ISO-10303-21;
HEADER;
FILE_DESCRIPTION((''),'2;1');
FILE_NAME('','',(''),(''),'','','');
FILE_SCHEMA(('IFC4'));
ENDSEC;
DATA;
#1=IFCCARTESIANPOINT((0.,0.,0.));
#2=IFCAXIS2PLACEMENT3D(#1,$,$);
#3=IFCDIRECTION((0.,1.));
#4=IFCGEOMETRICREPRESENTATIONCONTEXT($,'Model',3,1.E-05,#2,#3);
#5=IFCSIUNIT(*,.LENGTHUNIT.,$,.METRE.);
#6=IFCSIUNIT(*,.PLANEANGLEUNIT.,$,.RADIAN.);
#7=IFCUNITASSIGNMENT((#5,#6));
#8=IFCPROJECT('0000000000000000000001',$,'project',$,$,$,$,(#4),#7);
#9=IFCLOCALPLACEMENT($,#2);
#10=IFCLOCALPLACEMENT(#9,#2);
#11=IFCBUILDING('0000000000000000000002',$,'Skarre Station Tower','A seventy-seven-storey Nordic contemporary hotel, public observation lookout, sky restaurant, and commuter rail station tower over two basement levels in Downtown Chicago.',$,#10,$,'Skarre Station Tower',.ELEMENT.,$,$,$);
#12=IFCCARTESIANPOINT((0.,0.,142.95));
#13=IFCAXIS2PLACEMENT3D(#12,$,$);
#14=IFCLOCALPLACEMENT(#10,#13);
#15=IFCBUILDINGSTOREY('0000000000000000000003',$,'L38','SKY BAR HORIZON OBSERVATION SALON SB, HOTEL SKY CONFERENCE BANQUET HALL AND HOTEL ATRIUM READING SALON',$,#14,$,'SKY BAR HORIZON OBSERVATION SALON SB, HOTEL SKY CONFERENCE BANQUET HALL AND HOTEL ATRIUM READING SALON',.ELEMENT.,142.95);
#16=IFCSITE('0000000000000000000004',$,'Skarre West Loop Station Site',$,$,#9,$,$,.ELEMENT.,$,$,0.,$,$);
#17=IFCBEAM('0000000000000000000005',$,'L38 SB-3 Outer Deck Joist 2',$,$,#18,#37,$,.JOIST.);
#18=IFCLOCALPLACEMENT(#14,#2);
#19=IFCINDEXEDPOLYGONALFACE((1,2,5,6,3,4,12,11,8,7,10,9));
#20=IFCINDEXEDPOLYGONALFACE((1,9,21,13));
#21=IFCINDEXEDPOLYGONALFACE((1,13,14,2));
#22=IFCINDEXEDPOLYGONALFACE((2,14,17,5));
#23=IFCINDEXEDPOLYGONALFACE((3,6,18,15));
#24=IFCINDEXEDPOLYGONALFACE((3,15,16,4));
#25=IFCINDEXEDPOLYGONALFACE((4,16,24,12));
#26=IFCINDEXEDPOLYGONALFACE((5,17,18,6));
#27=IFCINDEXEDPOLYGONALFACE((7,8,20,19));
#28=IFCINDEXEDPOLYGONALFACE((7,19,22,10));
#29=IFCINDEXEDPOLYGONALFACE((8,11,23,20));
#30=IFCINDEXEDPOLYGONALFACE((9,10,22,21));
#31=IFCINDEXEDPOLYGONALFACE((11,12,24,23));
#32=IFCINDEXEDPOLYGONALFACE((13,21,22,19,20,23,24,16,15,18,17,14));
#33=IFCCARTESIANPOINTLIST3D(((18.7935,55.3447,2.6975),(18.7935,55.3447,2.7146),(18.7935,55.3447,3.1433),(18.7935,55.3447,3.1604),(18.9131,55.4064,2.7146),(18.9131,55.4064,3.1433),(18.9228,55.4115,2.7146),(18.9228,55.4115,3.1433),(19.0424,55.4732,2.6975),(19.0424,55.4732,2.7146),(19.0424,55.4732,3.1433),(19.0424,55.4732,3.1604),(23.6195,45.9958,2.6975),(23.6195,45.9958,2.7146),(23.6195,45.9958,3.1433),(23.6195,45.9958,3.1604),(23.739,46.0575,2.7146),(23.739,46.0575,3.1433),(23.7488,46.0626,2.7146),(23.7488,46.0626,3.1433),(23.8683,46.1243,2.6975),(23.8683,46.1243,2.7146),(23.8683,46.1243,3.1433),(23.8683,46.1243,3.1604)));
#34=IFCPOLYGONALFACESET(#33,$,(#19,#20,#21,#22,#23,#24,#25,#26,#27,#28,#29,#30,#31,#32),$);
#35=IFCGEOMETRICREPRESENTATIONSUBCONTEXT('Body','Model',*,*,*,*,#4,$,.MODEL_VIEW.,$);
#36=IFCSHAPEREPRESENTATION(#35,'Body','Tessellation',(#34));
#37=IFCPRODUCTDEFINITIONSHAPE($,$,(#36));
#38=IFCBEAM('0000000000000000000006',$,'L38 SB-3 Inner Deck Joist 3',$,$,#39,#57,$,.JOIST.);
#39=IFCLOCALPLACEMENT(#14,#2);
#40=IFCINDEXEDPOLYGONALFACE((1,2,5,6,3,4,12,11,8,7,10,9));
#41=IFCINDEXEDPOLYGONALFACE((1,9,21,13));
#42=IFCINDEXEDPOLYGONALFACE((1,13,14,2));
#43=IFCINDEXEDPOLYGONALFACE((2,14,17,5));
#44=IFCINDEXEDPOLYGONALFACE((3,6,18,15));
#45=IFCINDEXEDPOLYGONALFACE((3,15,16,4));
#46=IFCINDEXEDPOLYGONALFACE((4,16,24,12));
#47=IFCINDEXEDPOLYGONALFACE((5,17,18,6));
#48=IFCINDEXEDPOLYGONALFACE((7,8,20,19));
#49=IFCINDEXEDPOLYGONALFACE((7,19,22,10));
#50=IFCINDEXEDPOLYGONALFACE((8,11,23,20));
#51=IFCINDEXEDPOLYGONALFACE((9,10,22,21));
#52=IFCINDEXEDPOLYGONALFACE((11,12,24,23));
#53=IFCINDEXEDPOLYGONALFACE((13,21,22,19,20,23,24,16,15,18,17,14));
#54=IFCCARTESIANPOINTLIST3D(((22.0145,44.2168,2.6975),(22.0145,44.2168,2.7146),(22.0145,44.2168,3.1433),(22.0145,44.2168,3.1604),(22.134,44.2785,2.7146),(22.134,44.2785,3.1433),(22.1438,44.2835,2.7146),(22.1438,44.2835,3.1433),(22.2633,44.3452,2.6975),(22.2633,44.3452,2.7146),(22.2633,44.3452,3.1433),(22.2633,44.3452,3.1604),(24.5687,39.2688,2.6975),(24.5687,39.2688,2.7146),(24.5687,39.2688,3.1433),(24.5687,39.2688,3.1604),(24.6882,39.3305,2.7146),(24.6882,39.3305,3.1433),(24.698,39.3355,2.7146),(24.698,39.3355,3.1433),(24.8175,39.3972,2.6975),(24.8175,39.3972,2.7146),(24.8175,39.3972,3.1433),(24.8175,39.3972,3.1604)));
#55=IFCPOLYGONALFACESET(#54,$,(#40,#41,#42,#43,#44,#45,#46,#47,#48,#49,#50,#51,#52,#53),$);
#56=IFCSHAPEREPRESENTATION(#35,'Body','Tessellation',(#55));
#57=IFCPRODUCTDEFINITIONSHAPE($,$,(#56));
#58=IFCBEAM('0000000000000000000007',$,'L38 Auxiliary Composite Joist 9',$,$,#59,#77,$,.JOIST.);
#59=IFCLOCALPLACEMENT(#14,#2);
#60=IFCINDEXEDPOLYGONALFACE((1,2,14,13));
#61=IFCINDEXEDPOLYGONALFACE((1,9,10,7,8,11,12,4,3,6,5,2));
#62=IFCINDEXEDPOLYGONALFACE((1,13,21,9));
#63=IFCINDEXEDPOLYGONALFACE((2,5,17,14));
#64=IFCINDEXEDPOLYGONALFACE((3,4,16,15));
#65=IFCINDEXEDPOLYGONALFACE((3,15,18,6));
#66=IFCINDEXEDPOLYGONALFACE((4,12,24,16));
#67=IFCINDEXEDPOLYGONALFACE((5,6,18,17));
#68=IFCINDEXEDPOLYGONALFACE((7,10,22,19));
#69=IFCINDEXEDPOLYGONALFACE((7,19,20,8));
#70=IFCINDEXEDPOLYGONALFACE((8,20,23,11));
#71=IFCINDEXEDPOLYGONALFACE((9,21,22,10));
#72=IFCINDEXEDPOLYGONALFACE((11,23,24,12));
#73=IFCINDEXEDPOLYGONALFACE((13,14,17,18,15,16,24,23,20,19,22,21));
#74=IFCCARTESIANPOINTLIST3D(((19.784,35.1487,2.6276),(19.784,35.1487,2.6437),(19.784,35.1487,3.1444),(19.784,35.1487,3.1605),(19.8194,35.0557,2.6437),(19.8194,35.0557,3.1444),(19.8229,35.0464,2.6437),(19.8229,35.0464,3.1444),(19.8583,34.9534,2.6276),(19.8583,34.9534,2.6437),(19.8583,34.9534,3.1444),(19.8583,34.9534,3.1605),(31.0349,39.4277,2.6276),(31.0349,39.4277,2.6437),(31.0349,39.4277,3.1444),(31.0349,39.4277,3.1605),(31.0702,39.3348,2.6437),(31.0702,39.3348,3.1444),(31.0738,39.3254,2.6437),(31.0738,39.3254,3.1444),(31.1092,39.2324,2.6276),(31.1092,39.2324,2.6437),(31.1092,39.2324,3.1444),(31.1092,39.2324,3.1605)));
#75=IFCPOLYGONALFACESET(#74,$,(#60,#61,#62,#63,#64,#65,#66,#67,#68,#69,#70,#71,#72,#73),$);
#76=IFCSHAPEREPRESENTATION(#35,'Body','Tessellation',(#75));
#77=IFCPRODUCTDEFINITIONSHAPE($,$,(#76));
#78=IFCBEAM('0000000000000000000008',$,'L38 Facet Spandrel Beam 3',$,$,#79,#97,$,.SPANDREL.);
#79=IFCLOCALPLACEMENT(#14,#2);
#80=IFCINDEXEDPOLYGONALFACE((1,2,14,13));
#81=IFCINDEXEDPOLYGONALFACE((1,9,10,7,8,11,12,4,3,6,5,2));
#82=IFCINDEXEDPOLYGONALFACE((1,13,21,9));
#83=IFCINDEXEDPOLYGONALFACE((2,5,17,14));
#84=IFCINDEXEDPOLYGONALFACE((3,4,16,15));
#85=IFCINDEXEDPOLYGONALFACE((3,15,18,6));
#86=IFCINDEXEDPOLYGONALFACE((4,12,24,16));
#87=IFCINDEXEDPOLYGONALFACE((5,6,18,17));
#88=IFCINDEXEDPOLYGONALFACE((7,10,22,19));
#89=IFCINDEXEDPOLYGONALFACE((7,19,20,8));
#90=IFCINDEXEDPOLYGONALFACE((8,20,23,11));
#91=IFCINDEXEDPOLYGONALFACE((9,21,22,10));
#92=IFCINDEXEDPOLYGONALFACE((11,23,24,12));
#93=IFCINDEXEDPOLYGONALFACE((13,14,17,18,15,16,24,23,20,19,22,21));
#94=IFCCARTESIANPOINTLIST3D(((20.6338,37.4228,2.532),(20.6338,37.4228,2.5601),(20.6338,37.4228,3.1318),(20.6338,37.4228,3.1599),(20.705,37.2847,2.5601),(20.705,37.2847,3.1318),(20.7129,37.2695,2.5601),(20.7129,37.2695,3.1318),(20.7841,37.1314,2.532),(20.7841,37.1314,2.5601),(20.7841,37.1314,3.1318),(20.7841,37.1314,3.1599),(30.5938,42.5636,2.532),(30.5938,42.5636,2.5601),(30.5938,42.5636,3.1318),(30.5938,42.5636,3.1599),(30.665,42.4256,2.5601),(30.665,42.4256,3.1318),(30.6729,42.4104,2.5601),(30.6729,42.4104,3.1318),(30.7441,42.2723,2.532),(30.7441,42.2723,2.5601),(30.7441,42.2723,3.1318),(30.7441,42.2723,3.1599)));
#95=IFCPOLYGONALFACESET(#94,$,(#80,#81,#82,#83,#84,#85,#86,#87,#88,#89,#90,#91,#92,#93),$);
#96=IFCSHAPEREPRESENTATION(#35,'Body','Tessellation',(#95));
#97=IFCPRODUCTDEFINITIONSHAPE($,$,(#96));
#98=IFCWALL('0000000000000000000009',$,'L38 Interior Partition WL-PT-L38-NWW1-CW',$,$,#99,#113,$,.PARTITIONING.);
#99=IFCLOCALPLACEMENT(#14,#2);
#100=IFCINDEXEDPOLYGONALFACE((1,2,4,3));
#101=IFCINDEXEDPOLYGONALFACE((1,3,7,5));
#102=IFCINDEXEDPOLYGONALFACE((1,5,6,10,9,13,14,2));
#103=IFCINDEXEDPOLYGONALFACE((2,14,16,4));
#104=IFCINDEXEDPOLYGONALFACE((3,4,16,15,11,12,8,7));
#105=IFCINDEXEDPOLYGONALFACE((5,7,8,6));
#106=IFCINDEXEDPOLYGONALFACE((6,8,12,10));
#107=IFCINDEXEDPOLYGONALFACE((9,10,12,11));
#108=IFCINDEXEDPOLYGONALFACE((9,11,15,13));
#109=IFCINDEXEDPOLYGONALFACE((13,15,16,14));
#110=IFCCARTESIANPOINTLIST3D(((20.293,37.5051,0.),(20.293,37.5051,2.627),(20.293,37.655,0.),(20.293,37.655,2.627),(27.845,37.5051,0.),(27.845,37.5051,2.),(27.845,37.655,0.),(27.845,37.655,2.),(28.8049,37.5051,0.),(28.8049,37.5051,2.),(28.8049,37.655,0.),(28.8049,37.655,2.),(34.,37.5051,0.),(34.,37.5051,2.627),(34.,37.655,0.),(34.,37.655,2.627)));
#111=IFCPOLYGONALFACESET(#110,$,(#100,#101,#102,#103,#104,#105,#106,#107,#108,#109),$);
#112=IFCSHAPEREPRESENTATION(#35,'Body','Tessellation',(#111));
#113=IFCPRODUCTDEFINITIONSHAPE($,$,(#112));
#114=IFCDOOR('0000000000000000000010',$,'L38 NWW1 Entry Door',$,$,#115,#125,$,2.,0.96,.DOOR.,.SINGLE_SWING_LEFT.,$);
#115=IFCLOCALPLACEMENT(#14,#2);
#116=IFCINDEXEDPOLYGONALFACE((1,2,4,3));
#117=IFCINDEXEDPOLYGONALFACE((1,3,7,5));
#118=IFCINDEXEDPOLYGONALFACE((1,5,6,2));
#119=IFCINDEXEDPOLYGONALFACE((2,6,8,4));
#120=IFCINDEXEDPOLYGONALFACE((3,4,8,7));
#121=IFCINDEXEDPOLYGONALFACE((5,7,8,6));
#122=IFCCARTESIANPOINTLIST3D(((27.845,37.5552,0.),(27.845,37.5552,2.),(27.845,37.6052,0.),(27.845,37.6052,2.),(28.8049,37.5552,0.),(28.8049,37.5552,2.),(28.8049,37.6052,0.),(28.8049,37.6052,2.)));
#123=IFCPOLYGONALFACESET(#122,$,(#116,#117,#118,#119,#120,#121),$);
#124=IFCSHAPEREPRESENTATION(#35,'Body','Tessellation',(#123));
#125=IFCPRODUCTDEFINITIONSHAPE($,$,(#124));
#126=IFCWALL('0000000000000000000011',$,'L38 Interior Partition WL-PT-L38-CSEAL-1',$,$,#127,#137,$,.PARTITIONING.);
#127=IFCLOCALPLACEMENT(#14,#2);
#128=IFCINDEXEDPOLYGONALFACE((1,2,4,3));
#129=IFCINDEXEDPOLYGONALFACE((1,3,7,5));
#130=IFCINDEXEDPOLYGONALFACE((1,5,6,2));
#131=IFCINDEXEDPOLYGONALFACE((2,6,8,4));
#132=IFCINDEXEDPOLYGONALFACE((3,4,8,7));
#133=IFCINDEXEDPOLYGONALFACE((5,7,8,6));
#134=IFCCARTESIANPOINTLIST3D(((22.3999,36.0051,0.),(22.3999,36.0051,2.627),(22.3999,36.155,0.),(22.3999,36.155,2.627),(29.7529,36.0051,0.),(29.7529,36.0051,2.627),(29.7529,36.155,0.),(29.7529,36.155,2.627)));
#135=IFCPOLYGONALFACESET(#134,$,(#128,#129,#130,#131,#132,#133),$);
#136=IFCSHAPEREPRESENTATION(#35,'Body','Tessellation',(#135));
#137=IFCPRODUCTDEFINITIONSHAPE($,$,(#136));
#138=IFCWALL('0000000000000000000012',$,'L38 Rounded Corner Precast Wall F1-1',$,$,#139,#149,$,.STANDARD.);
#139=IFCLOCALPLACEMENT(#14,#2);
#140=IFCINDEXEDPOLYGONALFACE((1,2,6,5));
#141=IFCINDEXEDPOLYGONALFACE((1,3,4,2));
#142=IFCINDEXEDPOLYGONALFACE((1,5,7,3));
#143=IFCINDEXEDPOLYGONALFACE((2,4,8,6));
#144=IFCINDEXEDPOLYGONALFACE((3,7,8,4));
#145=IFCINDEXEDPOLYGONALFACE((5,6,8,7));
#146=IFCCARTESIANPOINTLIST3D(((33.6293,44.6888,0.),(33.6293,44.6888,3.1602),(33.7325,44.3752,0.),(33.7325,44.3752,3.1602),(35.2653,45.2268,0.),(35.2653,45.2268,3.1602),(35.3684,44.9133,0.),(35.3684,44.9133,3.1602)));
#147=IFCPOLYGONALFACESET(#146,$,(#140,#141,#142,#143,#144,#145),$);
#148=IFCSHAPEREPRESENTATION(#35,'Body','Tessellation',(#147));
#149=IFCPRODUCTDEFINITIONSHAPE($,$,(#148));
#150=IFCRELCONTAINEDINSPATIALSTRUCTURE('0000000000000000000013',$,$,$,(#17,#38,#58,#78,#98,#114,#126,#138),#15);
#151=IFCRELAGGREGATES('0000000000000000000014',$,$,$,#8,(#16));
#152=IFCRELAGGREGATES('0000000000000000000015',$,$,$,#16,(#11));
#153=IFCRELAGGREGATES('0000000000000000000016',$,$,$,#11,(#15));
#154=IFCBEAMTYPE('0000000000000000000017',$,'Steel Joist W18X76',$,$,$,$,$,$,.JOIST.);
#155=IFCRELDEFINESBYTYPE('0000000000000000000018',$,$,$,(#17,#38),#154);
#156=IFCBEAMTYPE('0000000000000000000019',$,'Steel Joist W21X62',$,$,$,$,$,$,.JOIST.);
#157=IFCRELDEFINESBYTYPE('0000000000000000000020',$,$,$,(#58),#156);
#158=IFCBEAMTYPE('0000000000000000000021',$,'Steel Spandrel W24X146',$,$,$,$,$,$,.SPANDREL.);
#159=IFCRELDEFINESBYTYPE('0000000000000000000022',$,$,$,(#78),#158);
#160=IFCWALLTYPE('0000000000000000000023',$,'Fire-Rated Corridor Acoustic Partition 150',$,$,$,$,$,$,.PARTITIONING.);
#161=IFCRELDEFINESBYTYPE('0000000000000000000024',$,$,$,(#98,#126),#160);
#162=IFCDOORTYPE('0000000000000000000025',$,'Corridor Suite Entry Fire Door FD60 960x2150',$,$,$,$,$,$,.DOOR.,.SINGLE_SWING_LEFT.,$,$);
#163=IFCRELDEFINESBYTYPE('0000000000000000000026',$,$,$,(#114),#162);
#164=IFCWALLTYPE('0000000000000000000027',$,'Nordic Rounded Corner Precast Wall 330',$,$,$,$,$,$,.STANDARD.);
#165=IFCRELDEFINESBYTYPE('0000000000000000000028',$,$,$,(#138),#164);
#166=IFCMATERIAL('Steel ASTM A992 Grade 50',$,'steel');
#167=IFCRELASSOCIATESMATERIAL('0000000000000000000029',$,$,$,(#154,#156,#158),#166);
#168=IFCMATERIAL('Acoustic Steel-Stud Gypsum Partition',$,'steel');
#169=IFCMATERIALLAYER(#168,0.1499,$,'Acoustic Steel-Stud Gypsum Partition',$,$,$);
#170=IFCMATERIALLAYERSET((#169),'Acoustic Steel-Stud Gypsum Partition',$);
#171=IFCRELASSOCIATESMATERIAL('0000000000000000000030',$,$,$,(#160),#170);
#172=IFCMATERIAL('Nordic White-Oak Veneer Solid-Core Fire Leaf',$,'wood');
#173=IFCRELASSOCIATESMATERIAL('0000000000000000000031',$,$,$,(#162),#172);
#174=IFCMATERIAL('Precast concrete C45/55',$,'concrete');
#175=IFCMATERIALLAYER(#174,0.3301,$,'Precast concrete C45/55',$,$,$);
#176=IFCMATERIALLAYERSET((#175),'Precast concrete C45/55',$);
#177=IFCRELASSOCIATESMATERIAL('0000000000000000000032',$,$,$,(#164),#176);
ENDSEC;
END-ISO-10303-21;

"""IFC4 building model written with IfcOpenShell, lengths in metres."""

from ifc_helpers import new_model, si_unit, direction, frame, frame_2d, origin, origin_2d, place, context, subcontext, project, spatial, rectangle, i_section, extrude, material, layer, layer_set, material_profile, profile_set, type_object, element, fill, save


model = new_model("IFC4")

# Units and contexts
model_context = context("Model", 3, precision=1e-05, world=origin(), true_north=direction((0.0, 1.0)))
body_context = subcontext(model_context, "Body", "Model", "MODEL_VIEW")
ifc_project = project(units=[si_unit("LENGTHUNIT", "METRE"), si_unit("PLANEANGLEUNIT", "RADIAN")], contexts=[model_context])

# Site, building, storey
site_placement = place(None, origin())
site = spatial("IfcSite", under=ifc_project, at=site_placement, Name="Skarre West Loop Station Site", CompositionType="ELEMENT", RefElevation=0.0)
building_placement = place(site_placement, origin())
building = spatial("IfcBuilding", under=site, at=building_placement, Name="Skarre Station Tower", Description="A seventy-seven-storey Nordic contemporary hotel, public observation lookout, sky restaurant, and commuter rail station tower over two basement levels in Downtown Chicago.", LongName="Skarre Station Tower", CompositionType="ELEMENT")
storey_placement = place(building_placement, frame((0.0, 0.0, 142.95)))
storey = spatial("IfcBuildingStorey", under=building, at=storey_placement, Name="L38", Description="SKY BAR HORIZON OBSERVATION SALON SB, HOTEL SKY CONFERENCE BANQUET HALL AND HOTEL ATRIUM READING SALON", LongName="SKY BAR HORIZON OBSERVATION SALON SB, HOTEL SKY CONFERENCE BANQUET HALL AND HOTEL ATRIUM READING SALON", CompositionType="ELEMENT", Elevation=142.95)

# Beams
ifc_material_1 = material(Name="Steel ASTM A992 Grade 50", Category="steel")
ifc_material_profile_1 = material_profile(ifc_material_1, i_section(OverallWidth=0.28, OverallDepth=0.4629, WebThickness=0.011, FlangeThickness=0.0171, at=origin_2d()), Name="Steel ASTM A992 Grade 50")
ifc_profile_set_1 = profile_set([ifc_material_profile_1], Name="Steel ASTM A992 Grade 50")
beam_type_1 = type_object("IfcBeamType", Name="Steel Joist W18X76", PredefinedType="JOIST", material=ifc_profile_set_1)
beam_1_placement = place(storey_placement, frame((23.7439, 46.0601, 2.929), z_axis=(-0.458696, 0.888594, 0.0), x_axis=(-0.888594, -0.458696, 0.0)))
element("IfcBeam", 1, at=beam_1_placement, inside=storey, type_object=beam_type_1, Name="L38 SB-3 Outer Deck Joist 2", PredefinedType="JOIST", context=body_context, shape_type="SweptSolid", body=[
    extrude(i_section(OverallWidth=0.28, OverallDepth=0.4629, WebThickness=0.011, FlangeThickness=0.0171, at=origin_2d()), origin(), (0.0, 0.0, 1.0), 10.521),
])
beam_2_placement = place(storey_placement, frame((24.6931, 39.333, 2.929), z_axis=(-0.458699, 0.888592, 0.0), x_axis=(-0.888592, -0.458699, 0.0)))
element("IfcBeam", 2, at=beam_2_placement, inside=storey, type_object=beam_type_1, Name="L38 SB-3 Inner Deck Joist 3", PredefinedType="JOIST", context=body_context, shape_type="SweptSolid", body=[
    extrude(i_section(OverallWidth=0.28, OverallDepth=0.4629, WebThickness=0.011, FlangeThickness=0.0171, at=origin_2d()), origin(), (0.0, 0.0, 1.0), 5.5684),
])
ifc_material_profile_2 = material_profile(ifc_material_1, i_section(OverallWidth=0.209, OverallDepth=0.533, WebThickness=0.01, FlangeThickness=0.0161, at=origin_2d()), Name="Steel ASTM A992 Grade 50")
ifc_profile_set_2 = profile_set([ifc_material_profile_2], Name="Steel ASTM A992 Grade 50")
beam_type_2 = type_object("IfcBeamType", Name="Steel Joist W21X62", PredefinedType="JOIST", material=ifc_profile_set_2)
beam_3_placement = place(storey_placement, frame((31.072, 39.3301, 2.894), z_axis=(-0.934682, -0.355485, 0.0), x_axis=(0.355485, -0.934682, 0.0)))
element("IfcBeam", 3, at=beam_3_placement, inside=storey, type_object=beam_type_2, Name="L38 Auxiliary Composite Joist 9", PredefinedType="JOIST", context=body_context, shape_type="SweptSolid", body=[
    extrude(i_section(OverallWidth=0.209, OverallDepth=0.533, WebThickness=0.01, FlangeThickness=0.0161, at=origin_2d()), origin(), (0.0, 0.0, 1.0), 12.0371),
])
ifc_material_profile_3 = material_profile(ifc_material_1, i_section(OverallWidth=0.3279, OverallDepth=0.6279, WebThickness=0.0171, FlangeThickness=0.0281, at=origin_2d()), Name="Steel ASTM A992 Grade 50")
ifc_profile_set_3 = profile_set([ifc_material_profile_3], Name="Steel ASTM A992 Grade 50")
beam_type_3 = type_object("IfcBeamType", Name="Steel Spandrel W24X146", PredefinedType="SPANDREL", material=ifc_profile_set_3)
beam_4_placement = place(storey_placement, frame((30.6689, 42.418, 2.8459), z_axis=(-0.888612, -0.45866, 0.0), x_axis=(0.45866, -0.888612, 0.0)))
element("IfcBeam", 4, at=beam_4_placement, inside=storey, type_object=beam_type_3, Name="L38 Facet Spandrel Beam 3", PredefinedType="SPANDREL", context=body_context, shape_type="SweptSolid", body=[
    extrude(i_section(OverallWidth=0.3279, OverallDepth=0.6279, WebThickness=0.0171, FlangeThickness=0.0281, at=origin_2d()), origin(), (0.0, 0.0, 1.0), 11.2085),
])

# Wall, opening, door
ifc_material_2 = material(Name="Acoustic Steel-Stud Gypsum Partition", Category="steel")
ifc_layer_1 = layer(ifc_material_2, 0.1499, Name="Acoustic Steel-Stud Gypsum Partition")
ifc_layer_set_1 = layer_set([ifc_layer_1], Name="Acoustic Steel-Stud Gypsum Partition")
wall_type_1 = type_object("IfcWallType", Name="Fire-Rated Corridor Acoustic Partition 150", PredefinedType="PARTITIONING", material=ifc_layer_set_1)
wall_1_placement = place(storey_placement, frame((34.0, 37.5801, 0.0), z_axis=(0.0, 0.0, 1.0), x_axis=(-1.0, 0.0, 0.0)))
wall_1 = element("IfcWall", 5, at=wall_1_placement, inside=storey, type_object=wall_type_1, Name="L38 Interior Partition WL-PT-L38-NWW1-CW", PredefinedType="PARTITIONING", context=body_context, shape_type="SweptSolid", body=[
    extrude(rectangle(XDim=13.707, YDim=0.1499, at=frame_2d((6.8535, 0.0))), origin(), (0.0, 0.0, 1.0), 2.627),
])
opening_1_placement = place(wall_1_placement, frame((5.1951, 0.0, 0.0)))
opening_1 = element("IfcOpeningElement", 6, at=opening_1_placement, cuts=wall_1, PredefinedType="OPENING", context=body_context, shape_type="SweptSolid", body=[
    extrude(rectangle(XDim=0.96, YDim=2.0, at=frame_2d((0.48, 1.0))), frame((0.0, 0.085, 0.0), z_axis=(0.0, -1.0, 0.0), x_axis=(1.0, 0.0, 0.0)), (0.0, 0.0, 1.0), 0.1699),
])
ifc_material_3 = material(Name="Nordic White-Oak Veneer Solid-Core Fire Leaf", Category="wood")
door_type = type_object("IfcDoorType", Name="Corridor Suite Entry Fire Door FD60 960x2150", OperationType="SINGLE_SWING_LEFT", PredefinedType="DOOR", material=ifc_material_3)
door_1_placement = place(opening_1_placement, origin())
door_1 = element("IfcDoor", 7, at=door_1_placement, inside=storey, type_object=door_type, Name="L38 NWW1 Entry Door", OperationType="SINGLE_SWING_LEFT", OverallHeight=2.0, OverallWidth=0.96, PredefinedType="DOOR", context=body_context, shape_type="SweptSolid", body=[
    extrude(rectangle(XDim=0.96, YDim=2.0, at=frame_2d((0.48, 1.0))), frame((0.0, 0.0249, 0.0), z_axis=(0.0, -1.0, 0.0), x_axis=(1.0, 0.0, 0.0)), (0.0, 0.0, 1.0), 0.05),
])
fill(opening_1, door_1)

# Walls
wall_2_placement = place(storey_placement, frame((29.7529, 36.0801, 0.0), z_axis=(0.0, 0.0, 1.0), x_axis=(-1.0, 0.0, 0.0)))
element("IfcWall", 8, at=wall_2_placement, inside=storey, type_object=wall_type_1, Name="L38 Interior Partition WL-PT-L38-CSEAL-1", PredefinedType="PARTITIONING", context=body_context, shape_type="SweptSolid", body=[
    extrude(rectangle(XDim=7.353, YDim=0.1499, at=frame_2d((3.6765, 0.0))), origin(), (0.0, 0.0, 1.0), 2.627),
])
ifc_material_4 = material(Name="Precast concrete C45/55", Category="concrete")
ifc_layer_2 = layer(ifc_material_4, 0.3301, Name="Precast concrete C45/55")
ifc_layer_set_2 = layer_set([ifc_layer_2], Name="Precast concrete C45/55")
wall_type_2 = type_object("IfcWallType", Name="Nordic Rounded Corner Precast Wall 330", PredefinedType="STANDARD", material=ifc_layer_set_2)
wall_3_placement = place(storey_placement, frame((33.6809, 44.532, 0.0), z_axis=(0.0, 0.0, 1.0), x_axis=(0.949937, 0.31244, 0.0)))
element("IfcWall", 9, at=wall_3_placement, inside=storey, type_object=wall_type_2, Name="L38 Rounded Corner Precast Wall F1-1", PredefinedType="STANDARD", context=body_context, shape_type="SweptSolid", body=[
    extrude(rectangle(XDim=1.7222, YDim=0.3301, at=frame_2d((0.8611, 0.0))), origin(), (0.0, 0.0, 1.0), 3.1602),
])

save(model, "model.ifc")
